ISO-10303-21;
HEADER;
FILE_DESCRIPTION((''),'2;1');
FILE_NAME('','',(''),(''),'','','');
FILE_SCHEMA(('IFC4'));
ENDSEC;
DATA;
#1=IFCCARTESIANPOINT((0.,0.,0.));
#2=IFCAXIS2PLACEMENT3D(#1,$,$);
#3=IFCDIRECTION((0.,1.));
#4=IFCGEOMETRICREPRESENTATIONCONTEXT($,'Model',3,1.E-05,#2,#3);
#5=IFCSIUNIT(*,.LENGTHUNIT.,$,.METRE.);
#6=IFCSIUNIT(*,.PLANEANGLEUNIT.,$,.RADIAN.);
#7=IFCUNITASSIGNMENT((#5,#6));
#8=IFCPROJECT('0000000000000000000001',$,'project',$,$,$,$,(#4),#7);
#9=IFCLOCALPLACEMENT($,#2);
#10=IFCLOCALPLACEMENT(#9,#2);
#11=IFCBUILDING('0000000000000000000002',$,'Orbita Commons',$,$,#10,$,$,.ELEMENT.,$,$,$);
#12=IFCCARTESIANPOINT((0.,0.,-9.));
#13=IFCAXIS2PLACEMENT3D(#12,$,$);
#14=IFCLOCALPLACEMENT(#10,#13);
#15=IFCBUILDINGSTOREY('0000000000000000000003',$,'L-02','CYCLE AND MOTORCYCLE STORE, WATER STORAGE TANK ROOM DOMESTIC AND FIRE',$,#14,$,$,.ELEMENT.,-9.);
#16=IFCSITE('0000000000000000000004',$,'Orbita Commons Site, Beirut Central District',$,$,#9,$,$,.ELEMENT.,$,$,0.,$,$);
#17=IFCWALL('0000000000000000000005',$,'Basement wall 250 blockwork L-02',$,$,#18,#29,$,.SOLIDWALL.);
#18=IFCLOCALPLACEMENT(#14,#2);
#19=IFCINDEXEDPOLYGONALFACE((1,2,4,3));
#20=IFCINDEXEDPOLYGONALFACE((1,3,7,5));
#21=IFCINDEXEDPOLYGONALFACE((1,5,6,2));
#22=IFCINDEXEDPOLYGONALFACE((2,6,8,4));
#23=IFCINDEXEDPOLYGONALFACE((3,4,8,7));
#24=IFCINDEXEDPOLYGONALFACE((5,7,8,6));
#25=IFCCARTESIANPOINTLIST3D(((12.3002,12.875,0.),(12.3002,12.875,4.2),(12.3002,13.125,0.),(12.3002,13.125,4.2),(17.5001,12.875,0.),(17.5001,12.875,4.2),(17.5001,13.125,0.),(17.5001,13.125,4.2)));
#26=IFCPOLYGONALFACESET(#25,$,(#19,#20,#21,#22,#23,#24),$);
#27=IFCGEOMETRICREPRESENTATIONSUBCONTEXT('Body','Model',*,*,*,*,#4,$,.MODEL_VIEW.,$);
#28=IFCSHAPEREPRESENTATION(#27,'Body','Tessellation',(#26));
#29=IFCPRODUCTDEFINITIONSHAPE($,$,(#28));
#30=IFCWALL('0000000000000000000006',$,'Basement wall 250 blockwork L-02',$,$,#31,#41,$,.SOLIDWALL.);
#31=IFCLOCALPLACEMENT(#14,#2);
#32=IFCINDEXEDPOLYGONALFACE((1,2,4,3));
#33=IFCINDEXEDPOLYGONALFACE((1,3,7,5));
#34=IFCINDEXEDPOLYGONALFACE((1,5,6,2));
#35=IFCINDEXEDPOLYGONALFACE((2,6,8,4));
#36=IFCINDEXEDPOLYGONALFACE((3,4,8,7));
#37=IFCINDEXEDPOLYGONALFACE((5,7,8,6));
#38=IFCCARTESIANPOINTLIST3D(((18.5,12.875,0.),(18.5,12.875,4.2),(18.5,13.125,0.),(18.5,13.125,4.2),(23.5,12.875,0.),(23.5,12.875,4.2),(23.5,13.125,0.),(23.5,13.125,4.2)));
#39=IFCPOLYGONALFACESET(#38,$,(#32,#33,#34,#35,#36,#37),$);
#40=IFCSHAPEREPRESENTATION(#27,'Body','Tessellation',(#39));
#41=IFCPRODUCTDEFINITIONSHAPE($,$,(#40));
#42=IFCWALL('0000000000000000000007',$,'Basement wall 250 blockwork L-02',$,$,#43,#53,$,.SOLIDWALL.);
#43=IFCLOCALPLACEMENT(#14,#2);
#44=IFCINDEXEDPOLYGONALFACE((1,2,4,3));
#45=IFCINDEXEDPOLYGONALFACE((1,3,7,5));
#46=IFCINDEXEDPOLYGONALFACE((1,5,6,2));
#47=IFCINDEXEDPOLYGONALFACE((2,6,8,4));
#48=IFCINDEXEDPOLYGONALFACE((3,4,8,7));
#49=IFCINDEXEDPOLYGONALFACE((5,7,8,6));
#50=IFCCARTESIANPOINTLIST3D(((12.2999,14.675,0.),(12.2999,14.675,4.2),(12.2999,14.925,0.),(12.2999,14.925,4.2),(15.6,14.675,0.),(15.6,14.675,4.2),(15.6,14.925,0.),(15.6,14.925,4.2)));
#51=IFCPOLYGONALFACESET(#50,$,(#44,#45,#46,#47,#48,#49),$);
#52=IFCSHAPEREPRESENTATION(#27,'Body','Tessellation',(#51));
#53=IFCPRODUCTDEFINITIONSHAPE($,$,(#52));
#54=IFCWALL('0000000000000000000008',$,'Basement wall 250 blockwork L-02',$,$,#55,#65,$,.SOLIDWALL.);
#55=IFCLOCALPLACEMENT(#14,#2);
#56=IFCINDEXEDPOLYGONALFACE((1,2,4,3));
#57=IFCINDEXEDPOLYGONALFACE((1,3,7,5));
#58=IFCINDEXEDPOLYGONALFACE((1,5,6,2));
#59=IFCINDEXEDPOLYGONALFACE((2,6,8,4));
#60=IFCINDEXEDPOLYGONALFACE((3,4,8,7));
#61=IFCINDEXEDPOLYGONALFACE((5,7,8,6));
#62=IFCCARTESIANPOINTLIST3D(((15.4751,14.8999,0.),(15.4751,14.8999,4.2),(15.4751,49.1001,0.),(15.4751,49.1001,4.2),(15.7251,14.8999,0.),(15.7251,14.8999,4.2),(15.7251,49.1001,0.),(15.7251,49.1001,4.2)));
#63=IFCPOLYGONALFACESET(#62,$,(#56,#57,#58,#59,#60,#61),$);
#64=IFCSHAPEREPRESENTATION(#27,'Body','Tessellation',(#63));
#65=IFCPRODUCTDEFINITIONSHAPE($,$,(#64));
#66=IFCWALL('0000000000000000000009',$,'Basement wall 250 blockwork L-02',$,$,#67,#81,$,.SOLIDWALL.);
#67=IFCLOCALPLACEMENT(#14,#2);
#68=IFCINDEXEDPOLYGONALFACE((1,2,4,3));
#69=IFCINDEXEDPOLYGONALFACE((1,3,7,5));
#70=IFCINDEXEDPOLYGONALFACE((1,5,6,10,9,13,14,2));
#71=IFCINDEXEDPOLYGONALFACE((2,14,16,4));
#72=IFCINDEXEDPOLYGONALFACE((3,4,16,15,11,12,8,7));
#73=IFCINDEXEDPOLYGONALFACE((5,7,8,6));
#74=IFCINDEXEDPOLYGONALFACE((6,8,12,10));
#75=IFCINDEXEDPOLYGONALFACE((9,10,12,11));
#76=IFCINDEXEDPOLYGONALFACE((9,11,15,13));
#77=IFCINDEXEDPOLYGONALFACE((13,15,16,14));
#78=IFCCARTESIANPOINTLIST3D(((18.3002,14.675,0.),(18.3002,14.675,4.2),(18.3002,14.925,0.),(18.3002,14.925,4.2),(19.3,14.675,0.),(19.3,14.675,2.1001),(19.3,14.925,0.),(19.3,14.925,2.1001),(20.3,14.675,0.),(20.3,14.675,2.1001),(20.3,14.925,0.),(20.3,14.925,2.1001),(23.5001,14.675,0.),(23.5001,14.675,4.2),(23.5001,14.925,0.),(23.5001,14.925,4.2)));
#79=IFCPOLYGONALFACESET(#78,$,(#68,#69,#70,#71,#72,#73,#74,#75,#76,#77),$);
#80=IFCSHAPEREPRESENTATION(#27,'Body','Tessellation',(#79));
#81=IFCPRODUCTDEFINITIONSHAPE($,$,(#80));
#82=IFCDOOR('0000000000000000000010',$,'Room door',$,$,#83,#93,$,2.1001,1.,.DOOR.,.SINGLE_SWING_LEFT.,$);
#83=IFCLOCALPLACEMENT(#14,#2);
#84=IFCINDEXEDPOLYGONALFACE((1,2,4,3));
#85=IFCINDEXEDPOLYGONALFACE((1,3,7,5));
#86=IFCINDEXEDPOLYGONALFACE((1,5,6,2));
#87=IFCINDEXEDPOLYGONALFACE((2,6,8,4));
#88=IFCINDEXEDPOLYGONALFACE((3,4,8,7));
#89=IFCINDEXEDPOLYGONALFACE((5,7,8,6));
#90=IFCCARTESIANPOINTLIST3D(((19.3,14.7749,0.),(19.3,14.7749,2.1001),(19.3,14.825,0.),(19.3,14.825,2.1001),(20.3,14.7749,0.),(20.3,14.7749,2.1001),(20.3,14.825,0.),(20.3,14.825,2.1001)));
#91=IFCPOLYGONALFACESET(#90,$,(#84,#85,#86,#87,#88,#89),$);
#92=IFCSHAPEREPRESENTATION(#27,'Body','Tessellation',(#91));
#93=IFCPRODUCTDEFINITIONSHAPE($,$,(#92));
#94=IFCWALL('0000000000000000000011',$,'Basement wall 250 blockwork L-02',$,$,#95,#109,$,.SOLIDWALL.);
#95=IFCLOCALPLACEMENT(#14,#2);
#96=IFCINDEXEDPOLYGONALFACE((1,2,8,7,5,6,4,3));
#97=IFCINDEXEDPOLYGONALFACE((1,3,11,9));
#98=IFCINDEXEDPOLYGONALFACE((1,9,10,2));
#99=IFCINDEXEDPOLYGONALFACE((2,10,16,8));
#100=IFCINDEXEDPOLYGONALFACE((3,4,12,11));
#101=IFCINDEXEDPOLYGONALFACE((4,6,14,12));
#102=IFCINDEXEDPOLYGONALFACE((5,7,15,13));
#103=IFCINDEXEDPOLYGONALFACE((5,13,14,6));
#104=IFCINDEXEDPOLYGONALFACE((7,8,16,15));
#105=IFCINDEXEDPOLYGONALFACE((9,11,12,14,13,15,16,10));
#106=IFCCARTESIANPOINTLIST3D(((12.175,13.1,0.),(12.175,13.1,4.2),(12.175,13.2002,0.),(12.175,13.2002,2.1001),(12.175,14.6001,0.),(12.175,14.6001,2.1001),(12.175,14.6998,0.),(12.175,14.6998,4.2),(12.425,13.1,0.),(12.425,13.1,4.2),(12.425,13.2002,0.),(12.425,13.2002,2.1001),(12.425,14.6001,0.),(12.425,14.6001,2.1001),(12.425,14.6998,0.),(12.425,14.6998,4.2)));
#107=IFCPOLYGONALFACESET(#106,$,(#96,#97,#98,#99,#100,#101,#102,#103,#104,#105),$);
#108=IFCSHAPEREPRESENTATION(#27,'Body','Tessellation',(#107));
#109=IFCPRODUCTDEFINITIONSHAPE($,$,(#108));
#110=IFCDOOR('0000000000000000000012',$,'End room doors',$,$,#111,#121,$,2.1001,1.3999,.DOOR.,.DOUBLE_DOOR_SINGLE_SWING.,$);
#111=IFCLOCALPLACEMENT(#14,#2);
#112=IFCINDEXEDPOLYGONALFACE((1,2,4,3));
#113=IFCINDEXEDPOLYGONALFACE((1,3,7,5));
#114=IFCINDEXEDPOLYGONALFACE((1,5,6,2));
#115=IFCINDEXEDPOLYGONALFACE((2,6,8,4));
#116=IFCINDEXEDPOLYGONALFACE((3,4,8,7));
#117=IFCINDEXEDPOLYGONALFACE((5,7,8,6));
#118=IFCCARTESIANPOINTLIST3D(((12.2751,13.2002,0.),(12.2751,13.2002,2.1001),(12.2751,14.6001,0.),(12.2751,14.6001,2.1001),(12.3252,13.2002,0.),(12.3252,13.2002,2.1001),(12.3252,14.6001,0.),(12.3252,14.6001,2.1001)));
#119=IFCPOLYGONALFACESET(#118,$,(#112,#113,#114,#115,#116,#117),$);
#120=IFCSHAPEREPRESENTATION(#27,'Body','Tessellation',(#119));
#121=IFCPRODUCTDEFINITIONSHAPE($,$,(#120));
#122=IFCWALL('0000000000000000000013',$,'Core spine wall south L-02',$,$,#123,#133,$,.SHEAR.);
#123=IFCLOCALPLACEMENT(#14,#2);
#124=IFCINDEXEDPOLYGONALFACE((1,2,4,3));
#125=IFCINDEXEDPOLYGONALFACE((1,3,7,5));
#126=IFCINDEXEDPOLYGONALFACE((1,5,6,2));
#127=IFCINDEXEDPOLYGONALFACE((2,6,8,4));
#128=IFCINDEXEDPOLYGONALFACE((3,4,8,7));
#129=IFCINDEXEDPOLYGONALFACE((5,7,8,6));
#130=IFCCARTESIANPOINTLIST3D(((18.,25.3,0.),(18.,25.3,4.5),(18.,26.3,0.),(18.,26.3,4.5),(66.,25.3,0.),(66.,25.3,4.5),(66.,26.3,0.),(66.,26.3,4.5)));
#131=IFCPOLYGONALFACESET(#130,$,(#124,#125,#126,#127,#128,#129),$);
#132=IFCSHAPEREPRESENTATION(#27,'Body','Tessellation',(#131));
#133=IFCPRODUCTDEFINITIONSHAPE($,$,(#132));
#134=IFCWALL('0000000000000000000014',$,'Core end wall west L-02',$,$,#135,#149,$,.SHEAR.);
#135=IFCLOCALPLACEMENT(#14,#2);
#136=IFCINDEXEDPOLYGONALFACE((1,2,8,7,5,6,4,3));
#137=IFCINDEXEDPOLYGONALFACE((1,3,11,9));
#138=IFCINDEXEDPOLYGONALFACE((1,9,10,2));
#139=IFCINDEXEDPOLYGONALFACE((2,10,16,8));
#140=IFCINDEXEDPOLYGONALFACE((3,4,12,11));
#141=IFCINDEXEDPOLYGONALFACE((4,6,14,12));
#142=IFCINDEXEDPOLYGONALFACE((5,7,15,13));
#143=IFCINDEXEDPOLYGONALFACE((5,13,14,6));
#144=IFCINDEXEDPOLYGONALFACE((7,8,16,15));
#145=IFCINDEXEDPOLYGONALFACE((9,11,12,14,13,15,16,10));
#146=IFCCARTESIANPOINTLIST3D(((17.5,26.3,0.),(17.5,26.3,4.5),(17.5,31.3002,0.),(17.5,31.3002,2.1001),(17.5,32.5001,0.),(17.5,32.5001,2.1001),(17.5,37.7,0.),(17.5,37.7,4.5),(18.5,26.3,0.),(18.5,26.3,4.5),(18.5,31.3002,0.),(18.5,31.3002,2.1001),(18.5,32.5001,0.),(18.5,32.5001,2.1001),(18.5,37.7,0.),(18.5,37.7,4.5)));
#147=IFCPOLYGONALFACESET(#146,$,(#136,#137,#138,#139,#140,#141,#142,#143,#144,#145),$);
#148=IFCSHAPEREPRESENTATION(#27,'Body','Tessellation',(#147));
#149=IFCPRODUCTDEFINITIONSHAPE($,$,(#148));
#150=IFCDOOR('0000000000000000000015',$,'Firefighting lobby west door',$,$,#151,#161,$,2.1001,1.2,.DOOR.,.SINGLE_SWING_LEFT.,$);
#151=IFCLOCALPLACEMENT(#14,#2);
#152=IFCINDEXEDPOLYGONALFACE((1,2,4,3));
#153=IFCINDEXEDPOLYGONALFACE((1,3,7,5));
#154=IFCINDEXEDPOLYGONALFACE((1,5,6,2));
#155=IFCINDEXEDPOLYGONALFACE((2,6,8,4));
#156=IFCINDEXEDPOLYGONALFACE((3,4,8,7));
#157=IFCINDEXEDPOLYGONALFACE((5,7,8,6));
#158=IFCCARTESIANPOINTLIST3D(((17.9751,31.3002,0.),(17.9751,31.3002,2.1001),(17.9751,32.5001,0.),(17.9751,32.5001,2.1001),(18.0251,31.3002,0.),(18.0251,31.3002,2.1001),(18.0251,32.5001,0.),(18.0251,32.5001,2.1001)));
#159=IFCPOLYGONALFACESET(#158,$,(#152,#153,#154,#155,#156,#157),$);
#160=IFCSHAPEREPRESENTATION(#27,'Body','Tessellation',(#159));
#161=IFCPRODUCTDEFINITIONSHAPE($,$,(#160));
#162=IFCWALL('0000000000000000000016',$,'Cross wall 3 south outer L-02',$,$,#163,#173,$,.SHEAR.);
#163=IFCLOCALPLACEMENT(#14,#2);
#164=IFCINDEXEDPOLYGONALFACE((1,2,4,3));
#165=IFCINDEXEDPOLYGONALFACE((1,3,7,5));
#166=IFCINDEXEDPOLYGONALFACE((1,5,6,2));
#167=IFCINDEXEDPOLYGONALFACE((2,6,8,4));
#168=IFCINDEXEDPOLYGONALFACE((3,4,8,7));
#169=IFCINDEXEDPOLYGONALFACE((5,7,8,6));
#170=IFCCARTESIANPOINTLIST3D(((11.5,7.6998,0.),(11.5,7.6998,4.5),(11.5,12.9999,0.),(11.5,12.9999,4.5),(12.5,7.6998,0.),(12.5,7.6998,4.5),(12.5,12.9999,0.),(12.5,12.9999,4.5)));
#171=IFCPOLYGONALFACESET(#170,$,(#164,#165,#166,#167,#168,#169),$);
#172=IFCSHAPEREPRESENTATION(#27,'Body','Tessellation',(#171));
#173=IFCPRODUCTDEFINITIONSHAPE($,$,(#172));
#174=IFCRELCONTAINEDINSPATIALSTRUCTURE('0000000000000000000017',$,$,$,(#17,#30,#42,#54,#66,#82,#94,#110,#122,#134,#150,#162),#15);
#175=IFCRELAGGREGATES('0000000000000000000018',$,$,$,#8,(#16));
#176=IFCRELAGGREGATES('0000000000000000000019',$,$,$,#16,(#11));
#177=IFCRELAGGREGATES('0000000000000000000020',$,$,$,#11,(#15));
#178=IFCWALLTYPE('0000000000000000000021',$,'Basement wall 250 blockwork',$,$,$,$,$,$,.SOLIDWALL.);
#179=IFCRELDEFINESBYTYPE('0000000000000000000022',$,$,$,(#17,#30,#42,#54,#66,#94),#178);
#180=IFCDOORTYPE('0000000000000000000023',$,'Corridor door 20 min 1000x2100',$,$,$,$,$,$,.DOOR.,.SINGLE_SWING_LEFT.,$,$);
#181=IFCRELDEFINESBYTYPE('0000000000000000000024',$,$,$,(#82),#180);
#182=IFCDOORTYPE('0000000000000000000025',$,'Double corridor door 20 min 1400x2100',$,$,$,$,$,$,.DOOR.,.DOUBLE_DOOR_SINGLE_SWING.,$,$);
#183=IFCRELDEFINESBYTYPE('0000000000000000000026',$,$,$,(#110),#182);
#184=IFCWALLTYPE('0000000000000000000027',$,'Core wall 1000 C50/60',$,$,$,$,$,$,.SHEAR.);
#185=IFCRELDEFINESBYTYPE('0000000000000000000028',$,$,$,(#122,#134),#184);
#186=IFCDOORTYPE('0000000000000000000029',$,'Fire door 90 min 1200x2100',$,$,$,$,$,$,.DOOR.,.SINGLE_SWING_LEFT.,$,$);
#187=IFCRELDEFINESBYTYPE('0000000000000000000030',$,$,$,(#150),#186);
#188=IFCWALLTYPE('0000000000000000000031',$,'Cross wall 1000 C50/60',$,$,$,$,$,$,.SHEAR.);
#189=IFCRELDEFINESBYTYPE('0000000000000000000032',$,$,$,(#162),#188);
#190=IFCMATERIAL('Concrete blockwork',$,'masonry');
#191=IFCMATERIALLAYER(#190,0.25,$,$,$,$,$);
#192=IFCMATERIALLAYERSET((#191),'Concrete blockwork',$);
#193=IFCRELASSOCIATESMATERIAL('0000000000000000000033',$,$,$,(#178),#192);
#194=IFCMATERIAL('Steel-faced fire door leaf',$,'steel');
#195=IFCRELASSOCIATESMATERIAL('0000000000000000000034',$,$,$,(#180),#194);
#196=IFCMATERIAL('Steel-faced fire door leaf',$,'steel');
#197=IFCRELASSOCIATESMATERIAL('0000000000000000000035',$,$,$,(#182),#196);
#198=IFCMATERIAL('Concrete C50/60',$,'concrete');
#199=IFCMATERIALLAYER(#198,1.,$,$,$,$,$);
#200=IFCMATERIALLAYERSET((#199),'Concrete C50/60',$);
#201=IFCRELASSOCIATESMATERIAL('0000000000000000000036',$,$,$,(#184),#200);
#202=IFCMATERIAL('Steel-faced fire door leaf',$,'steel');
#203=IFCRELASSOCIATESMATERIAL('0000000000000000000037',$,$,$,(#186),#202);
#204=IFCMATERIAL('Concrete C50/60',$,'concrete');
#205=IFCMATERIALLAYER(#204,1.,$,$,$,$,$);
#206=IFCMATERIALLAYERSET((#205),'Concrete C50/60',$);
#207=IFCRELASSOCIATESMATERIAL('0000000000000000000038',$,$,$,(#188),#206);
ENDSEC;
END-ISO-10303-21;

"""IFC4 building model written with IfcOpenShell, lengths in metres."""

from ifc_helpers import new_model, si_unit, direction, frame, frame_2d, origin, place, context, subcontext, project, spatial, rectangle, extrude, material, layer, layer_set, type_object, element, fill, save


model = new_model("IFC4")

# Units and contexts
model_context = context("Model", 3, precision=1e-05, world=origin(), true_north=direction((0.0, 1.0)))
body_context = subcontext(model_context, "Body", "Model", "MODEL_VIEW")
ifc_project = project(units=[si_unit("LENGTHUNIT", "METRE"), si_unit("PLANEANGLEUNIT", "RADIAN")], contexts=[model_context])

# Site, building, storey
site_placement = place(None, origin())
site = spatial("IfcSite", under=ifc_project, at=site_placement, Name="Orbita Commons Site, Beirut Central District", CompositionType="ELEMENT", RefElevation=0.0)
building_placement = place(site_placement, origin())
building = spatial("IfcBuilding", under=site, at=building_placement, Name="Orbita Commons", CompositionType="ELEMENT")
storey_placement = place(building_placement, frame((0.0, 0.0, -9.0)))
storey = spatial("IfcBuildingStorey", under=building, at=storey_placement, Name="L-02", Description="CYCLE AND MOTORCYCLE STORE, WATER STORAGE TANK ROOM DOMESTIC AND FIRE", CompositionType="ELEMENT", Elevation=-9.0)

# Walls
ifc_material_1 = material(Name="Concrete blockwork", Category="masonry")
ifc_layer_1 = layer(ifc_material_1, 0.25)
ifc_layer_set_1 = layer_set([ifc_layer_1], Name="Concrete blockwork")
wall_type_1 = type_object("IfcWallType", Name="Basement wall 250 blockwork", PredefinedType="SOLIDWALL", material=ifc_layer_set_1)
wall_1_placement = place(storey_placement, frame((12.3, 13.0, 0.0), z_axis=(0.0, 0.0, 1.0), x_axis=(1.0, 0.0, 0.0)))
element("IfcWall", 1, at=wall_1_placement, inside=storey, type_object=wall_type_1, Name="Basement wall 250 blockwork L-02", PredefinedType="SOLIDWALL", context=body_context, shape_type="SweptSolid", body=[
    extrude(rectangle(XDim=5.2, YDim=0.25, at=frame_2d((2.6001, 0.0))), origin(), (0.0, 0.0, 1.0), 4.2),
])
wall_2_placement = place(storey_placement, frame((18.5, 13.0, 0.0), z_axis=(0.0, 0.0, 1.0), x_axis=(1.0, 0.0, 0.0)))
element("IfcWall", 2, at=wall_2_placement, inside=storey, type_object=wall_type_1, Name="Basement wall 250 blockwork L-02", PredefinedType="SOLIDWALL", context=body_context, shape_type="SweptSolid", body=[
    extrude(rectangle(XDim=5.0, YDim=0.25, at=frame_2d((2.5, 0.0))), origin(), (0.0, 0.0, 1.0), 4.2),
])
wall_3_placement = place(storey_placement, frame((12.3, 14.8, 0.0), z_axis=(0.0, 0.0, 1.0), x_axis=(1.0, 0.0, 0.0)))
element("IfcWall", 3, at=wall_3_placement, inside=storey, type_object=wall_type_1, Name="Basement wall 250 blockwork L-02", PredefinedType="SOLIDWALL", context=body_context, shape_type="SweptSolid", body=[
    extrude(rectangle(XDim=3.3, YDim=0.25, at=frame_2d((1.6499, 0.0))), origin(), (0.0, 0.0, 1.0), 4.2),
])
wall_4_placement = place(storey_placement, frame((15.6001, 14.8999, 0.0), z_axis=(0.0, 0.0, 1.0), x_axis=(0.0, 1.0, 0.0)))
element("IfcWall", 4, at=wall_4_placement, inside=storey, type_object=wall_type_1, Name="Basement wall 250 blockwork L-02", PredefinedType="SOLIDWALL", context=body_context, shape_type="SweptSolid", body=[
    extrude(rectangle(XDim=34.2002, YDim=0.25, at=frame_2d((17.1001, 0.0))), origin(), (0.0, 0.0, 1.0), 4.2),
])

# Walls, openings, doors
wall_5_placement = place(storey_placement, frame((18.3, 14.8, 0.0), z_axis=(0.0, 0.0, 1.0), x_axis=(1.0, 0.0, 0.0)))
wall_5 = element("IfcWall", 5, at=wall_5_placement, inside=storey, type_object=wall_type_1, Name="Basement wall 250 blockwork L-02", PredefinedType="SOLIDWALL", context=body_context, shape_type="SweptSolid", body=[
    extrude(rectangle(XDim=5.2, YDim=0.25, at=frame_2d((2.6001, 0.0))), origin(), (0.0, 0.0, 1.0), 4.2),
])
opening_1_placement = place(wall_5_placement, frame((1.0, 0.0, 0.0)))
opening_1 = element("IfcOpeningElement", 6, at=opening_1_placement, cuts=wall_5, PredefinedType="OPENING", context=body_context, shape_type="SweptSolid", body=[
    extrude(rectangle(XDim=1.0, YDim=2.1001, at=frame_2d((0.5, 1.05))), frame((0.0, 0.135, 0.0), z_axis=(0.0, -1.0, 0.0), x_axis=(1.0, 0.0, 0.0)), (0.0, 0.0, 1.0), 0.27),
])
ifc_material_2 = material(Name="Steel-faced fire door leaf", Category="steel")
door_type_1 = type_object("IfcDoorType", Name="Corridor door 20 min 1000x2100", OperationType="SINGLE_SWING_LEFT", PredefinedType="DOOR", material=ifc_material_2)
door_1_placement = place(opening_1_placement, origin())
door_1 = element("IfcDoor", 7, at=door_1_placement, inside=storey, type_object=door_type_1, Name="Room door", OperationType="SINGLE_SWING_LEFT", OverallHeight=2.1001, OverallWidth=1.0, PredefinedType="DOOR", context=body_context, shape_type="SweptSolid", body=[
    extrude(rectangle(XDim=1.0, YDim=2.1001, at=frame_2d((0.5, 1.05))), frame((0.0, 0.0249, 0.0), z_axis=(0.0, -1.0, 0.0), x_axis=(1.0, 0.0, 0.0)), (0.0, 0.0, 1.0), 0.05),
])
fill(opening_1, door_1)
wall_6_placement = place(storey_placement, frame((12.3, 13.1001, 0.0), z_axis=(0.0, 0.0, 1.0), x_axis=(0.0, 1.0, 0.0)))
wall_6 = element("IfcWall", 8, at=wall_6_placement, inside=storey, type_object=wall_type_1, Name="Basement wall 250 blockwork L-02", PredefinedType="SOLIDWALL", context=body_context, shape_type="SweptSolid", body=[
    extrude(rectangle(XDim=1.5999, YDim=0.25, at=frame_2d((0.7998, 0.0))), origin(), (0.0, 0.0, 1.0), 4.2),
])
opening_2_placement = place(wall_6_placement, frame((0.1001, 0.0, 0.0)))
opening_2 = element("IfcOpeningElement", 9, at=opening_2_placement, cuts=wall_6, PredefinedType="OPENING", context=body_context, shape_type="SweptSolid", body=[
    extrude(rectangle(XDim=1.3999, YDim=2.1001, at=frame_2d((0.7, 1.05))), frame((0.0, 0.135, 0.0), z_axis=(0.0, -1.0, 0.0), x_axis=(1.0, 0.0, 0.0)), (0.0, 0.0, 1.0), 0.27),
])
ifc_material_3 = material(Name="Steel-faced fire door leaf", Category="steel")
door_type_2 = type_object("IfcDoorType", Name="Double corridor door 20 min 1400x2100", OperationType="DOUBLE_DOOR_SINGLE_SWING", PredefinedType="DOOR", material=ifc_material_3)
door_2_placement = place(opening_2_placement, origin())
door_2 = element("IfcDoor", 10, at=door_2_placement, inside=storey, type_object=door_type_2, Name="End room doors", OperationType="DOUBLE_DOOR_SINGLE_SWING", OverallHeight=2.1001, OverallWidth=1.3999, PredefinedType="DOOR", context=body_context, shape_type="SweptSolid", body=[
    extrude(rectangle(XDim=1.3999, YDim=2.1001, at=frame_2d((0.7, 1.05))), frame((0.0, 0.0249, 0.0), z_axis=(0.0, -1.0, 0.0), x_axis=(1.0, 0.0, 0.0)), (0.0, 0.0, 1.0), 0.05),
])
fill(opening_2, door_2)

# Wall
ifc_material_4 = material(Name="Concrete C50/60", Category="concrete")
ifc_layer_2 = layer(ifc_material_4, 1.0)
ifc_layer_set_2 = layer_set([ifc_layer_2], Name="Concrete C50/60")
wall_type_2 = type_object("IfcWallType", Name="Core wall 1000 C50/60", PredefinedType="SHEAR", material=ifc_layer_set_2)
wall_7_placement = place(storey_placement, frame((18.0, 25.8, 0.0), z_axis=(0.0, 0.0, 1.0), x_axis=(1.0, 0.0, 0.0)))
element("IfcWall", 11, at=wall_7_placement, inside=storey, type_object=wall_type_2, Name="Core spine wall south L-02", PredefinedType="SHEAR", context=body_context, shape_type="SweptSolid", body=[
    extrude(rectangle(XDim=48.0, YDim=1.0, at=frame_2d((24.0, 0.0))), origin(), (0.0, 0.0, 1.0), 4.5),
])

# Wall, opening, door
wall_8_placement = place(storey_placement, frame((18.0, 26.3, 0.0), z_axis=(0.0, 0.0, 1.0), x_axis=(0.0, 1.0, 0.0)))
wall_8 = element("IfcWall", 12, at=wall_8_placement, inside=storey, type_object=wall_type_2, Name="Core end wall west L-02", PredefinedType="SHEAR", context=body_context, shape_type="SweptSolid", body=[
    extrude(rectangle(XDim=11.3999, YDim=1.0, at=frame_2d((5.7, 0.0))), origin(), (0.0, 0.0, 1.0), 4.5),
])
opening_3_placement = place(wall_8_placement, frame((5.0, 0.0, 0.0)))
opening_3 = element("IfcOpeningElement", 13, at=opening_3_placement, cuts=wall_8, PredefinedType="OPENING", context=body_context, shape_type="SweptSolid", body=[
    extrude(rectangle(XDim=1.2, YDim=2.1001, at=frame_2d((0.6001, 1.05))), frame((0.0, 0.51, 0.0), z_axis=(0.0, -1.0, 0.0), x_axis=(1.0, 0.0, 0.0)), (0.0, 0.0, 1.0), 1.02),
])
ifc_material_5 = material(Name="Steel-faced fire door leaf", Category="steel")
door_type_3 = type_object("IfcDoorType", Name="Fire door 90 min 1200x2100", OperationType="SINGLE_SWING_LEFT", PredefinedType="DOOR", material=ifc_material_5)
door_3_placement = place(opening_3_placement, origin())
door_3 = element("IfcDoor", 14, at=door_3_placement, inside=storey, type_object=door_type_3, Name="Firefighting lobby west door", OperationType="SINGLE_SWING_LEFT", OverallHeight=2.1001, OverallWidth=1.2, PredefinedType="DOOR", context=body_context, shape_type="SweptSolid", body=[
    extrude(rectangle(XDim=1.2, YDim=2.1001, at=frame_2d((0.6001, 1.05))), frame((0.0, 0.0249, 0.0), z_axis=(0.0, -1.0, 0.0), x_axis=(1.0, 0.0, 0.0)), (0.0, 0.0, 1.0), 0.05),
])
fill(opening_3, door_3)

# Wall
ifc_material_6 = material(Name="Concrete C50/60", Category="concrete")
ifc_layer_3 = layer(ifc_material_6, 1.0)
ifc_layer_set_3 = layer_set([ifc_layer_3], Name="Concrete C50/60")
wall_type_3 = type_object("IfcWallType", Name="Cross wall 1000 C50/60", PredefinedType="SHEAR", material=ifc_layer_set_3)
wall_9_placement = place(storey_placement, frame((12.0, 7.7, 0.0), z_axis=(0.0, 0.0, 1.0), x_axis=(0.0, 1.0, 0.0)))
element("IfcWall", 15, at=wall_9_placement, inside=storey, type_object=wall_type_3, Name="Cross wall 3 south outer L-02", PredefinedType="SHEAR", context=body_context, shape_type="SweptSolid", body=[
    extrude(rectangle(XDim=5.3, YDim=1.0, at=frame_2d((2.6499, 0.0))), origin(), (0.0, 0.0, 1.0), 4.5),
])

save(model, "model.ifc")
